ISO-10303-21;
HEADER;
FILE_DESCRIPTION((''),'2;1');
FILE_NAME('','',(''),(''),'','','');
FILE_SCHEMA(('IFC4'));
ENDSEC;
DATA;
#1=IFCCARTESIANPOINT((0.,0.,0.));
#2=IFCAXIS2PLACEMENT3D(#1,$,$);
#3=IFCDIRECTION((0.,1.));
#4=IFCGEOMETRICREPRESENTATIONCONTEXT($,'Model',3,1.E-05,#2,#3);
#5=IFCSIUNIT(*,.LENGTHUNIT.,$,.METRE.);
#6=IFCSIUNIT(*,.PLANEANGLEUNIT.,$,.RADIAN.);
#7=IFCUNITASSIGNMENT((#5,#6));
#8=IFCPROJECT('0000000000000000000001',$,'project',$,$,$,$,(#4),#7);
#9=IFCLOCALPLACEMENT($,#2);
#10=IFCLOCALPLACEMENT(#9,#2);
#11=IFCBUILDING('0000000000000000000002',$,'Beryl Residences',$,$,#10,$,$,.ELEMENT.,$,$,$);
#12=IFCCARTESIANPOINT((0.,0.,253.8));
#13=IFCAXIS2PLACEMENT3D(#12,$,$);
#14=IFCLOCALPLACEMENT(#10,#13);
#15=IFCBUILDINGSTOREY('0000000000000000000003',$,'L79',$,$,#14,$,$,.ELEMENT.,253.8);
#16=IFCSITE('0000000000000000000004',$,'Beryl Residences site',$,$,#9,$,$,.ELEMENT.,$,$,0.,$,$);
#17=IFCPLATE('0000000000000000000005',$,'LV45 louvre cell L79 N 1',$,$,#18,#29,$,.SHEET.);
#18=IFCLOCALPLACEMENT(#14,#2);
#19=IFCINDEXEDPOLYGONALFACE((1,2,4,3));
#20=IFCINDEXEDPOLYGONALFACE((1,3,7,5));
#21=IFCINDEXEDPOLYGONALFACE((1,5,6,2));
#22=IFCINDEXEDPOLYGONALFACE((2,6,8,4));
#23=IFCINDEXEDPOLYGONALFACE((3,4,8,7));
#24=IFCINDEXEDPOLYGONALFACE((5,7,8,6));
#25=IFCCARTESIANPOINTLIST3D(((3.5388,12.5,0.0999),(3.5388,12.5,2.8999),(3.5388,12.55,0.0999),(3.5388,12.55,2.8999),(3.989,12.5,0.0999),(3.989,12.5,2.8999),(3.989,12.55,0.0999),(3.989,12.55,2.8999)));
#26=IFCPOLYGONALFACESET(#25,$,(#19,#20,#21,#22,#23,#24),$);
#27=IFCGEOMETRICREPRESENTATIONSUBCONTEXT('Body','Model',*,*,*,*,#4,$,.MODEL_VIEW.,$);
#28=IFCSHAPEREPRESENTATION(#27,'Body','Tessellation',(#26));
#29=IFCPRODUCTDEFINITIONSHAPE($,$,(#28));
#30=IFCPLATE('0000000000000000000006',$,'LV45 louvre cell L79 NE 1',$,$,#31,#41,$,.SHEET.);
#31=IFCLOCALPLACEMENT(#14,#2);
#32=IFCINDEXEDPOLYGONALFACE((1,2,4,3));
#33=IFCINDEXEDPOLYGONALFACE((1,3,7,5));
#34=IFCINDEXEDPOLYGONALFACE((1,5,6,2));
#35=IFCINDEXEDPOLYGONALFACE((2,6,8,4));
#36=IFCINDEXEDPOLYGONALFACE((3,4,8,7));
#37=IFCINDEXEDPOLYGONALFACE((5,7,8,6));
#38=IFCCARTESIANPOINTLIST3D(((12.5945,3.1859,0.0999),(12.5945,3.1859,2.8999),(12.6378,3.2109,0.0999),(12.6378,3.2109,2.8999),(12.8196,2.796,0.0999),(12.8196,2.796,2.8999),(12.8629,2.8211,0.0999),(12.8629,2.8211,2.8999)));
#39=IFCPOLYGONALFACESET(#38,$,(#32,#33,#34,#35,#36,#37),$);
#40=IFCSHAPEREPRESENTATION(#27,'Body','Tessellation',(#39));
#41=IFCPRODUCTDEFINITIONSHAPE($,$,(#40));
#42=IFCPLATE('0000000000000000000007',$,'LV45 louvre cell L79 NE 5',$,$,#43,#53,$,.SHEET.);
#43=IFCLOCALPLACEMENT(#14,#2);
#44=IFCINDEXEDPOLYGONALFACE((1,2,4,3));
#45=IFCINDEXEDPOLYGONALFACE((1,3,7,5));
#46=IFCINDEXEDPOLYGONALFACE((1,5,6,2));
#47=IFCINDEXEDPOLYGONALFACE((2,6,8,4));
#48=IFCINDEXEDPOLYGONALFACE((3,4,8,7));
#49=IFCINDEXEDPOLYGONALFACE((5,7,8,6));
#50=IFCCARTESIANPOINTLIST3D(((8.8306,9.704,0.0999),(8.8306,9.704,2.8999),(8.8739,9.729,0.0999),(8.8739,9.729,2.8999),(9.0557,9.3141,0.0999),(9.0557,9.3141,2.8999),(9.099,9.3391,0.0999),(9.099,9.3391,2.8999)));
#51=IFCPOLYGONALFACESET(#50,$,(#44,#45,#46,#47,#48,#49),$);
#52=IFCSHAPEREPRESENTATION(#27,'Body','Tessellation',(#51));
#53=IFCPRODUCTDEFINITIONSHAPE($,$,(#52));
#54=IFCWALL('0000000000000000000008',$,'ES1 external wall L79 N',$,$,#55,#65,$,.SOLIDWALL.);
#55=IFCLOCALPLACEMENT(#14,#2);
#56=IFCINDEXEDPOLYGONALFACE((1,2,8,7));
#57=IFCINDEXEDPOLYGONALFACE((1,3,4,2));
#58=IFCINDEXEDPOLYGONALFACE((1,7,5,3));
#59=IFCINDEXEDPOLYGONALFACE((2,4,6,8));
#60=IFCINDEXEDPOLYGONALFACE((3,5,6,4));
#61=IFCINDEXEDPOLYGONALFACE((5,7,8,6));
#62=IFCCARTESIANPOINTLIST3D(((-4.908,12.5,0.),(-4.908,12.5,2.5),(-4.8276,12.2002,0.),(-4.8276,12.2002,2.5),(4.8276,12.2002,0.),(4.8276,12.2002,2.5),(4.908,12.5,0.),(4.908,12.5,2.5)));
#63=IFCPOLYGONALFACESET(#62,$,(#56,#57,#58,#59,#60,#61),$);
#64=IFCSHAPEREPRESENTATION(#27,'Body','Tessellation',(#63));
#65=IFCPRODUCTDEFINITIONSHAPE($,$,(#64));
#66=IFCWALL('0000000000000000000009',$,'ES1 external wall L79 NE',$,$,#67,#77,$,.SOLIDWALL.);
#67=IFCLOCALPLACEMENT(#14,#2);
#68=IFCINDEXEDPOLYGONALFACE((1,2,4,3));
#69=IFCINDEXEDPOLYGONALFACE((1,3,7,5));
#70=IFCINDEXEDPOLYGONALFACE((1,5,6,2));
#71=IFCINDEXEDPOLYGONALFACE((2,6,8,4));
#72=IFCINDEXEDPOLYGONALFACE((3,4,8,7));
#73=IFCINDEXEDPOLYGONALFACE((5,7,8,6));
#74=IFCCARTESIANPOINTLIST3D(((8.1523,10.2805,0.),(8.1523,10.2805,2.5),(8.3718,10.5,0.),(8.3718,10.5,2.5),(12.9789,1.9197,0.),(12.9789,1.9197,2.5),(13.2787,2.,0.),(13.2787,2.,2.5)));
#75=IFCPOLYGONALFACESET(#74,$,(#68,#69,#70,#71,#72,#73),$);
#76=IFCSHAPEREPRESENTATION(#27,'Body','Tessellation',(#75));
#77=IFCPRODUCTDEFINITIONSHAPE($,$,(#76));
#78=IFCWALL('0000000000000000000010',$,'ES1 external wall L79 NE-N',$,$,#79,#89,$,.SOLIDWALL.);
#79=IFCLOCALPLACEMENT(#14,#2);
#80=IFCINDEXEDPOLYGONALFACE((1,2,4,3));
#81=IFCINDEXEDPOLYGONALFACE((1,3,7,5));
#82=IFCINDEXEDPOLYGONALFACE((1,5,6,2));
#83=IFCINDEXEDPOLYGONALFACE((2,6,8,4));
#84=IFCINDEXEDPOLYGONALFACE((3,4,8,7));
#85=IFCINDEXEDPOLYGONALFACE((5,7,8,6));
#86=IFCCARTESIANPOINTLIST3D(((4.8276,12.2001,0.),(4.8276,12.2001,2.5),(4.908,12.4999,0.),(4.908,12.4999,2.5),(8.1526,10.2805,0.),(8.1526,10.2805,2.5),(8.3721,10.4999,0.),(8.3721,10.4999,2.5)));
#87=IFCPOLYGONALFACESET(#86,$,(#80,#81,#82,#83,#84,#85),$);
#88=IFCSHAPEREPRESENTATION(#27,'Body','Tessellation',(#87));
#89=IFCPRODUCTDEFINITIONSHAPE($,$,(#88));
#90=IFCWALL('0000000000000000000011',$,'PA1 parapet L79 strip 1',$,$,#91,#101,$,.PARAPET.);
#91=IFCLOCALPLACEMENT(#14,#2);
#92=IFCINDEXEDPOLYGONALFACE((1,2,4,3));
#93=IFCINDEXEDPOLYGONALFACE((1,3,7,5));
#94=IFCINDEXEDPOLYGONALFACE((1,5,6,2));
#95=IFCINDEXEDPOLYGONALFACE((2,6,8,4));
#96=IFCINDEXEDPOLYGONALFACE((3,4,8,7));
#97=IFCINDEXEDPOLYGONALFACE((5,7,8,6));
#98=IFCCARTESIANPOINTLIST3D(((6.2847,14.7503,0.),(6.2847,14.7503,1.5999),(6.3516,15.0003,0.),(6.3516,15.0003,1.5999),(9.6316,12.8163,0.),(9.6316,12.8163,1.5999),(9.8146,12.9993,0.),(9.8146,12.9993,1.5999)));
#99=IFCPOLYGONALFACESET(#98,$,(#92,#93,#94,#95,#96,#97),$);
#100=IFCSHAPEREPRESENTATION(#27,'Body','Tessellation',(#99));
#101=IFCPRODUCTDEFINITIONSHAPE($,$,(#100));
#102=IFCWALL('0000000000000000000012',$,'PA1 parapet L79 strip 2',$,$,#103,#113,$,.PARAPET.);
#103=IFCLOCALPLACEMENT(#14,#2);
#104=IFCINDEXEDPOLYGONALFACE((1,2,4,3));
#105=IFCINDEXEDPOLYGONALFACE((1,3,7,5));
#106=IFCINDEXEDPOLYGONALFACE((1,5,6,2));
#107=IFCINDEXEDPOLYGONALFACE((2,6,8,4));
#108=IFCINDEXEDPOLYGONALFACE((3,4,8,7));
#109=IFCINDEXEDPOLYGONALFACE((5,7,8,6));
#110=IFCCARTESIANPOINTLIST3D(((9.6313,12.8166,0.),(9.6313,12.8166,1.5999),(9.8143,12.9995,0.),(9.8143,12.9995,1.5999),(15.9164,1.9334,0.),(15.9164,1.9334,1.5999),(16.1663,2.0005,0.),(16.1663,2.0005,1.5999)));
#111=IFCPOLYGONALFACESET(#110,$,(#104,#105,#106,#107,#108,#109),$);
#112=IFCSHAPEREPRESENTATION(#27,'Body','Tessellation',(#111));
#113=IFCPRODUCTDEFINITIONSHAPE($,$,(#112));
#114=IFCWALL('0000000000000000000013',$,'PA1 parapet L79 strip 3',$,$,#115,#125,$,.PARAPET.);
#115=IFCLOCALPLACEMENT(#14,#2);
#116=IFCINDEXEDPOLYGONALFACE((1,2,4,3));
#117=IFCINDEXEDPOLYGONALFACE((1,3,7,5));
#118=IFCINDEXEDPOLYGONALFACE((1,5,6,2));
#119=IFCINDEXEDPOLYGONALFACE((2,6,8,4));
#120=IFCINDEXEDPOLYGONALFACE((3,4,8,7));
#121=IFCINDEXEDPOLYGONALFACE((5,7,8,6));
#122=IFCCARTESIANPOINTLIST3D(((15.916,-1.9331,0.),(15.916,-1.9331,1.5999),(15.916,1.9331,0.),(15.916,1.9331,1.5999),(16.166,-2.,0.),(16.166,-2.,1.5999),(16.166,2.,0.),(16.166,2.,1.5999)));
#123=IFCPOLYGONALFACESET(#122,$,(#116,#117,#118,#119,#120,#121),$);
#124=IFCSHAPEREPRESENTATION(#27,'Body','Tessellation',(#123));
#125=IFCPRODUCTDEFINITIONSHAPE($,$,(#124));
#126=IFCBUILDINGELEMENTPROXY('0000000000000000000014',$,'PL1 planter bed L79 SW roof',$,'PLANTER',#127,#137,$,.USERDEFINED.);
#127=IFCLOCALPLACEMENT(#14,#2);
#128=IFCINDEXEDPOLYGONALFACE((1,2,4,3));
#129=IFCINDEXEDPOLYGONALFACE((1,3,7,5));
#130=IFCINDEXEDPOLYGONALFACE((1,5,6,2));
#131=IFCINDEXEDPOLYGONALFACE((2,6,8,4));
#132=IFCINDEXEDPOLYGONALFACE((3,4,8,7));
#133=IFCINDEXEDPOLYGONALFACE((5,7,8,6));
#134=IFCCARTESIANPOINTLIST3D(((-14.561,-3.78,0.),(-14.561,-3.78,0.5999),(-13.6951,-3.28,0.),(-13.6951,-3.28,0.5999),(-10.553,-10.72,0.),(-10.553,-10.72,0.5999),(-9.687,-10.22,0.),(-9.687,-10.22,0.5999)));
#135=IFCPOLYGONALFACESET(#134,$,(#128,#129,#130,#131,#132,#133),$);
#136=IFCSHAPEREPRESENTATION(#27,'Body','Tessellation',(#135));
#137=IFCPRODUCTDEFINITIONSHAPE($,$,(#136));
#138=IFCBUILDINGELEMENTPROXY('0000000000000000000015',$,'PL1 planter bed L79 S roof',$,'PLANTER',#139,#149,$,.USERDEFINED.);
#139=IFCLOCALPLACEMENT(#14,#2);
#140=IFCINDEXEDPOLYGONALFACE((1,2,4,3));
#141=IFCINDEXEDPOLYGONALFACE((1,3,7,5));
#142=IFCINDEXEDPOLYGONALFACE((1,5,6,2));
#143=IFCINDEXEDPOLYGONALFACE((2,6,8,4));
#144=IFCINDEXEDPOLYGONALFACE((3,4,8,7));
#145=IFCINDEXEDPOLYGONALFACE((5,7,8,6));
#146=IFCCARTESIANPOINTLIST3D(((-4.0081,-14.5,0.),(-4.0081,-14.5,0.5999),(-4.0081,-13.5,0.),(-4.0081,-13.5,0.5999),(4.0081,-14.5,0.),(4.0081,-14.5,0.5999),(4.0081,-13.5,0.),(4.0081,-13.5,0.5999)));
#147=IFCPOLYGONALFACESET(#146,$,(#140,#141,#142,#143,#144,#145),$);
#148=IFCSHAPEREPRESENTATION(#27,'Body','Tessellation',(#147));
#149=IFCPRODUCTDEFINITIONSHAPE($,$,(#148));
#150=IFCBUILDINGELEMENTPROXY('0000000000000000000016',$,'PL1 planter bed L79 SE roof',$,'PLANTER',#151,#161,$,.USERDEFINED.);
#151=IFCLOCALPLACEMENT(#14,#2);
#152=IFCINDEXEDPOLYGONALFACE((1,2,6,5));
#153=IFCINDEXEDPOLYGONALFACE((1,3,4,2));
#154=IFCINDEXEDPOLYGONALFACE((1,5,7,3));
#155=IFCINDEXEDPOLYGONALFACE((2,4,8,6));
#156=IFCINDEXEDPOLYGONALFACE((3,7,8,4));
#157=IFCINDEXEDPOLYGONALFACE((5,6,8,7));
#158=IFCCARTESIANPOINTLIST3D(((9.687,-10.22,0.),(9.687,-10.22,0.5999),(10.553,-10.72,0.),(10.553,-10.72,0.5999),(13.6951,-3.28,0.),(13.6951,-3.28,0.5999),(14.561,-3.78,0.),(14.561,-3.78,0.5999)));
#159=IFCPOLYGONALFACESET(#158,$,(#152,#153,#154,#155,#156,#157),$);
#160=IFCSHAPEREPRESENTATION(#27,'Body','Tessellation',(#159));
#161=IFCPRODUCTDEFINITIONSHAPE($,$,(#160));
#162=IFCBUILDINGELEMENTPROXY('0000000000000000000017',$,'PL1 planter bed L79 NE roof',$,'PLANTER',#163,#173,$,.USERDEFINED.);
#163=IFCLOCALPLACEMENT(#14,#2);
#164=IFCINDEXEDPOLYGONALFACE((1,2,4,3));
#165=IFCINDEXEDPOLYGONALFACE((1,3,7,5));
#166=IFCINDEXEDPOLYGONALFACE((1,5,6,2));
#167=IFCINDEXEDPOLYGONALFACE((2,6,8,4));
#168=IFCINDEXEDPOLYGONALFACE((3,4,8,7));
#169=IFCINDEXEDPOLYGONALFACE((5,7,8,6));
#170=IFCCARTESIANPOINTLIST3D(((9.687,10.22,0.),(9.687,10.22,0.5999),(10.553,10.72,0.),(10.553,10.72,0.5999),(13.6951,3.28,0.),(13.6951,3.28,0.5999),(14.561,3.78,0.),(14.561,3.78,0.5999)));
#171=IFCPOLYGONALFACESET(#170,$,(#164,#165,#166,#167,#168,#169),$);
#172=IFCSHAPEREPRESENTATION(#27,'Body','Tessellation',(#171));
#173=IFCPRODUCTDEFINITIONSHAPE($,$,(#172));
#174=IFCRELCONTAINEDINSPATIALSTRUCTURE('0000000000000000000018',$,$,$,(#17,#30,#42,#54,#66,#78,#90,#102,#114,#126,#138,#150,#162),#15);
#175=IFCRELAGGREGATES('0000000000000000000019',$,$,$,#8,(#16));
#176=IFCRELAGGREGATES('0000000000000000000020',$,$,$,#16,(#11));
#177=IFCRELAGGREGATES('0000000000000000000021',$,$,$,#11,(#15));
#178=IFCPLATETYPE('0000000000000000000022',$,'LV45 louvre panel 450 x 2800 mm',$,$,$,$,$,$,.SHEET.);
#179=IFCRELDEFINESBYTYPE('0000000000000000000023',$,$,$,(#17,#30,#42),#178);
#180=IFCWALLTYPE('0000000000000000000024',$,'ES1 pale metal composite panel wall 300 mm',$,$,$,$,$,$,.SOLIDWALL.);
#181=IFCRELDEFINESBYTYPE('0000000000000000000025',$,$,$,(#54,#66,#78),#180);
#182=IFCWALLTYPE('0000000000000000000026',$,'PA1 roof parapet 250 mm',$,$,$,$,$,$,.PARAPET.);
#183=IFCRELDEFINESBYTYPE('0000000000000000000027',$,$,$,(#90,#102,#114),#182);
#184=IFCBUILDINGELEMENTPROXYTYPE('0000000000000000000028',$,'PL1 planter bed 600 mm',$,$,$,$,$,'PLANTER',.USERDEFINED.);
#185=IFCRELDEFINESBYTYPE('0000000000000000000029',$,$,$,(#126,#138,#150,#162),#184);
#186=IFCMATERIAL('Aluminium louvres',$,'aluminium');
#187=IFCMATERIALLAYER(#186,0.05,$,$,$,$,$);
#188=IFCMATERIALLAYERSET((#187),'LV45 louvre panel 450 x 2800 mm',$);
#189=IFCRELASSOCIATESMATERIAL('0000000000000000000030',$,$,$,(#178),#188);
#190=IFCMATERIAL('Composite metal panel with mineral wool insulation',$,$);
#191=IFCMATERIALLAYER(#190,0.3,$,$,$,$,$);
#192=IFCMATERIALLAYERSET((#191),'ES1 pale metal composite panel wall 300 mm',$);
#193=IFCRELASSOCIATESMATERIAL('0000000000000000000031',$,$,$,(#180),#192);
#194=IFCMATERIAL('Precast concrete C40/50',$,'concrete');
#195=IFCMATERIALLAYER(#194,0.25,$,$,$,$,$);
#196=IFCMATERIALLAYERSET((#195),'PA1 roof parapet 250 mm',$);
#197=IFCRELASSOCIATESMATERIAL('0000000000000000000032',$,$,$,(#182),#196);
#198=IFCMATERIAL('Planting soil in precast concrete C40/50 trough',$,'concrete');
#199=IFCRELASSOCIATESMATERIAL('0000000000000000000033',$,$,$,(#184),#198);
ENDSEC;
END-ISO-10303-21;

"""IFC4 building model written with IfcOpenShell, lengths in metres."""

from ifc_helpers import new_model, si_unit, direction, frame, origin, place, context, subcontext, project, spatial, polyline, outline, extrude, source, transform, mapped, material, layer, layer_set, type_object, type_shapes, element, save


model = new_model("IFC4")

# Units and contexts
model_context = context("Model", 3, precision=1e-05, world=origin(), true_north=direction((0.0, 1.0)))
body_context = subcontext(model_context, "Body", "Model", "MODEL_VIEW")
ifc_project = project(units=[si_unit("LENGTHUNIT", "METRE"), si_unit("PLANEANGLEUNIT", "RADIAN")], contexts=[model_context])

# Site, building, storey
site_placement = place(None, origin())
site = spatial("IfcSite", under=ifc_project, at=site_placement, Name="Beryl Residences site", CompositionType="ELEMENT", RefElevation=0.0)
building_placement = place(site_placement, origin())
building = spatial("IfcBuilding", under=site, at=building_placement, Name="Beryl Residences", CompositionType="ELEMENT")
storey_placement = place(building_placement, frame((0.0, 0.0, 253.8)))
storey = spatial("IfcBuildingStorey", under=building, at=storey_placement, Name="L79", CompositionType="ELEMENT", Elevation=253.8)

# Plates
ifc_material_1 = material(Name="Aluminium louvres", Category="aluminium")
ifc_layer_1 = layer(ifc_material_1, 0.05)
ifc_layer_set_1 = layer_set([ifc_layer_1], Name="LV45 louvre panel 450 x 2800 mm")
plate_type_1 = type_object("IfcPlateType", Name="LV45 louvre panel 450 x 2800 mm", PredefinedType="SHEET", material=ifc_layer_set_1)
shared_shape_1 = source(origin(), body_context, "Body", "SweptSolid", [
    extrude(outline(polyline([(-0.2251, 0.0), (0.2251, 0.0), (0.2251, 0.05), (-0.2251, 0.05), (-0.2251, 0.0)])), origin(), (0.0, 0.0, 1.0), 2.8),
])
type_shapes(plate_type_1, [shared_shape_1])
for number, where, z_axis, x_axis, name in (
    (1, (3.7639, 12.5, 0.0999), (0.0, 0.0, 1.0), (1.0, 0.0, 0.0), "LV45 louvre cell L79 N 1"),
    (2, (12.707, 2.991, 0.0999), (0.0, 0.0, 1.0), (0.5, -0.866025, 0.0), "LV45 louvre cell L79 NE 1"),
    (3, (8.9431, 9.509, 0.0999), (0.0, 0.0, 1.0), (0.5, -0.866025, 0.0), "LV45 louvre cell L79 NE 5"),
):
    element("IfcPlate", number, at=place(storey_placement, frame(where, z_axis=z_axis, x_axis=x_axis)), inside=storey, type_object=plate_type_1, Name=name, PredefinedType="SHEET", context=body_context, shape_type="MappedRepresentation", body=[
        mapped(shared_shape_1, transform((0.0, 0.0, 0.0))),
    ])

# Walls
ifc_material_2 = material(Name="Composite metal panel with mineral wool insulation")
ifc_layer_2 = layer(ifc_material_2, 0.3)
ifc_layer_set_2 = layer_set([ifc_layer_2], Name="ES1 pale metal composite panel wall 300 mm")
wall_type_1 = type_object("IfcWallType", Name="ES1 pale metal composite panel wall 300 mm", PredefinedType="SOLIDWALL", material=ifc_layer_set_2)
wall_1_placement = place(storey_placement, frame((4.908, 12.3501, 0.0), z_axis=(0.0, 0.0, 1.0), x_axis=(-1.0, 0.0, 0.0)))
element("IfcWall", 4, at=wall_1_placement, inside=storey, type_object=wall_type_1, Name="ES1 external wall L79 N", PredefinedType="SOLIDWALL", context=body_context, shape_type="SweptSolid", body=[
    extrude(outline(polyline([(0.0, -0.1499), (9.8159, -0.1499), (9.7356, 0.1499), (0.0803, 0.1499), (0.0, -0.1499)])), origin(), (0.0, 0.0, 1.0), 2.5),
])
wall_2_placement = place(storey_placement, frame((13.1489, 1.925, 0.0), z_axis=(0.0, 0.0, 1.0), x_axis=(-0.499962, 0.866047, 0.0)))
element("IfcWall", 5, at=wall_2_placement, inside=storey, type_object=wall_type_1, Name="ES1 external wall L79 NE", PredefinedType="SOLIDWALL", context=body_context, shape_type="SweptSolid", body=[
    extrude(outline(polyline([(0.0, -0.1499), (9.8147, -0.1499), (9.7344, 0.1499), (0.0803, 0.1499), (0.0, -0.1499)])), origin(), (0.0, 0.0, 1.0), 2.5),
])
wall_3_placement = place(storey_placement, frame((8.2971, 10.3701, 0.0), z_axis=(0.0, 0.0, 1.0), x_axis=(-0.866026, 0.499999, 0.0)))
element("IfcWall", 6, at=wall_3_placement, inside=storey, type_object=wall_type_1, Name="ES1 external wall L79 NE-N", PredefinedType="SOLIDWALL", context=body_context, shape_type="SweptSolid", body=[
    extrude(outline(polyline([(0.0, -0.1499), (4.0, -0.1499), (3.9197, 0.1499), (0.0803, 0.1499), (0.0, -0.1499)])), origin(), (0.0, 0.0, 1.0), 2.5),
])
ifc_material_3 = material(Name="Precast concrete C40/50", Category="concrete")
ifc_layer_3 = layer(ifc_material_3, 0.25)
ifc_layer_set_3 = layer_set([ifc_layer_3], Name="PA1 roof parapet 250 mm")
wall_type_2 = type_object("IfcWallType", Name="PA1 roof parapet 250 mm", PredefinedType="PARAPET", material=ifc_layer_set_3)
wall_4_placement = place(storey_placement, frame((6.2891, 14.8921, 0.0), z_axis=(0.0, 0.0, 1.0), x_axis=(0.865844, -0.500314, 0.0)))
element("IfcWall", 7, at=wall_4_placement, inside=storey, type_object=wall_type_2, Name="PA1 parapet L79 strip 1", PredefinedType="PARAPET", context=body_context, shape_type="SweptSolid", body=[
    extrude(outline(polyline([(0.0671, -0.125), (3.9326, -0.125), (3.9995, 0.125), (0.0, 0.125), (0.0671, -0.125)])), origin(), (0.0, 0.0, 1.0), 1.5999),
])
wall_5_placement = place(storey_placement, frame((9.7061, 12.937, 0.0), z_axis=(0.0, 0.0, 1.0), x_axis=(0.500104, -0.865965, 0.0)))
element("IfcWall", 8, at=wall_5_placement, inside=storey, type_object=wall_type_2, Name="PA1 parapet L79 strip 2", PredefinedType="PARAPET", context=body_context, shape_type="SweptSolid", body=[
    extrude(outline(polyline([(0.0669, -0.125), (12.6345, -0.125), (12.7014, 0.125), (0.0, 0.125), (0.0669, -0.125)])), origin(), (0.0, 0.0, 1.0), 1.5999),
])
wall_6_placement = place(storey_placement, frame((16.041, 2.0, 0.0), z_axis=(0.0, 0.0, 1.0), x_axis=(0.0, -1.0, 0.0)))
element("IfcWall", 9, at=wall_6_placement, inside=storey, type_object=wall_type_2, Name="PA1 parapet L79 strip 3", PredefinedType="PARAPET", context=body_context, shape_type="SweptSolid", body=[
    extrude(outline(polyline([(0.0669, -0.125), (3.9331, -0.125), (4.0, 0.125), (0.0, 0.125), (0.0669, -0.125)])), origin(), (0.0, 0.0, 1.0), 1.5999),
])

# Building element proxies
ifc_material_4 = material(Name="Planting soil in precast concrete C40/50 trough", Category="concrete")
building_element_proxy_type = type_object("IfcBuildingElementProxyType", Name="PL1 planter bed 600 mm", ElementType="PLANTER", PredefinedType="USERDEFINED", material=ifc_material_4)
proxy_1_placement = place(storey_placement, origin())
element("IfcBuildingElementProxy", 10, at=proxy_1_placement, inside=storey, type_object=building_element_proxy_type, Name="PL1 planter bed L79 SW roof", ObjectType="PLANTER", PredefinedType="USERDEFINED", context=body_context, shape_type="SweptSolid", body=[
    extrude(outline(polyline([(-14.561, -3.78), (-10.553, -10.72), (-9.687, -10.22), (-13.6951, -3.28), (-14.561, -3.78)])), origin(), (0.0, 0.0, 1.0), 0.5999),
])
proxy_2_placement = place(storey_placement, origin())
element("IfcBuildingElementProxy", 11, at=proxy_2_placement, inside=storey, type_object=building_element_proxy_type, Name="PL1 planter bed L79 S roof", ObjectType="PLANTER", PredefinedType="USERDEFINED", context=body_context, shape_type="SweptSolid", body=[
    extrude(outline(polyline([(-4.0081, -14.5), (4.0081, -14.5), (4.0081, -13.5), (-4.0081, -13.5), (-4.0081, -14.5)])), origin(), (0.0, 0.0, 1.0), 0.5999),
])
proxy_3_placement = place(storey_placement, origin())
element("IfcBuildingElementProxy", 12, at=proxy_3_placement, inside=storey, type_object=building_element_proxy_type, Name="PL1 planter bed L79 SE roof", ObjectType="PLANTER", PredefinedType="USERDEFINED", context=body_context, shape_type="SweptSolid", body=[
    extrude(outline(polyline([(10.553, -10.72), (14.561, -3.78), (13.6951, -3.28), (9.687, -10.22), (10.553, -10.72)])), origin(), (0.0, 0.0, 1.0), 0.5999),
])
proxy_4_placement = place(storey_placement, origin())
element("IfcBuildingElementProxy", 13, at=proxy_4_placement, inside=storey, type_object=building_element_proxy_type, Name="PL1 planter bed L79 NE roof", ObjectType="PLANTER", PredefinedType="USERDEFINED", context=body_context, shape_type="SweptSolid", body=[
    extrude(outline(polyline([(14.561, 3.78), (10.553, 10.72), (9.687, 10.22), (13.6951, 3.28), (14.561, 3.78)])), origin(), (0.0, 0.0, 1.0), 0.5999),
])

save(model, "model.ifc")
